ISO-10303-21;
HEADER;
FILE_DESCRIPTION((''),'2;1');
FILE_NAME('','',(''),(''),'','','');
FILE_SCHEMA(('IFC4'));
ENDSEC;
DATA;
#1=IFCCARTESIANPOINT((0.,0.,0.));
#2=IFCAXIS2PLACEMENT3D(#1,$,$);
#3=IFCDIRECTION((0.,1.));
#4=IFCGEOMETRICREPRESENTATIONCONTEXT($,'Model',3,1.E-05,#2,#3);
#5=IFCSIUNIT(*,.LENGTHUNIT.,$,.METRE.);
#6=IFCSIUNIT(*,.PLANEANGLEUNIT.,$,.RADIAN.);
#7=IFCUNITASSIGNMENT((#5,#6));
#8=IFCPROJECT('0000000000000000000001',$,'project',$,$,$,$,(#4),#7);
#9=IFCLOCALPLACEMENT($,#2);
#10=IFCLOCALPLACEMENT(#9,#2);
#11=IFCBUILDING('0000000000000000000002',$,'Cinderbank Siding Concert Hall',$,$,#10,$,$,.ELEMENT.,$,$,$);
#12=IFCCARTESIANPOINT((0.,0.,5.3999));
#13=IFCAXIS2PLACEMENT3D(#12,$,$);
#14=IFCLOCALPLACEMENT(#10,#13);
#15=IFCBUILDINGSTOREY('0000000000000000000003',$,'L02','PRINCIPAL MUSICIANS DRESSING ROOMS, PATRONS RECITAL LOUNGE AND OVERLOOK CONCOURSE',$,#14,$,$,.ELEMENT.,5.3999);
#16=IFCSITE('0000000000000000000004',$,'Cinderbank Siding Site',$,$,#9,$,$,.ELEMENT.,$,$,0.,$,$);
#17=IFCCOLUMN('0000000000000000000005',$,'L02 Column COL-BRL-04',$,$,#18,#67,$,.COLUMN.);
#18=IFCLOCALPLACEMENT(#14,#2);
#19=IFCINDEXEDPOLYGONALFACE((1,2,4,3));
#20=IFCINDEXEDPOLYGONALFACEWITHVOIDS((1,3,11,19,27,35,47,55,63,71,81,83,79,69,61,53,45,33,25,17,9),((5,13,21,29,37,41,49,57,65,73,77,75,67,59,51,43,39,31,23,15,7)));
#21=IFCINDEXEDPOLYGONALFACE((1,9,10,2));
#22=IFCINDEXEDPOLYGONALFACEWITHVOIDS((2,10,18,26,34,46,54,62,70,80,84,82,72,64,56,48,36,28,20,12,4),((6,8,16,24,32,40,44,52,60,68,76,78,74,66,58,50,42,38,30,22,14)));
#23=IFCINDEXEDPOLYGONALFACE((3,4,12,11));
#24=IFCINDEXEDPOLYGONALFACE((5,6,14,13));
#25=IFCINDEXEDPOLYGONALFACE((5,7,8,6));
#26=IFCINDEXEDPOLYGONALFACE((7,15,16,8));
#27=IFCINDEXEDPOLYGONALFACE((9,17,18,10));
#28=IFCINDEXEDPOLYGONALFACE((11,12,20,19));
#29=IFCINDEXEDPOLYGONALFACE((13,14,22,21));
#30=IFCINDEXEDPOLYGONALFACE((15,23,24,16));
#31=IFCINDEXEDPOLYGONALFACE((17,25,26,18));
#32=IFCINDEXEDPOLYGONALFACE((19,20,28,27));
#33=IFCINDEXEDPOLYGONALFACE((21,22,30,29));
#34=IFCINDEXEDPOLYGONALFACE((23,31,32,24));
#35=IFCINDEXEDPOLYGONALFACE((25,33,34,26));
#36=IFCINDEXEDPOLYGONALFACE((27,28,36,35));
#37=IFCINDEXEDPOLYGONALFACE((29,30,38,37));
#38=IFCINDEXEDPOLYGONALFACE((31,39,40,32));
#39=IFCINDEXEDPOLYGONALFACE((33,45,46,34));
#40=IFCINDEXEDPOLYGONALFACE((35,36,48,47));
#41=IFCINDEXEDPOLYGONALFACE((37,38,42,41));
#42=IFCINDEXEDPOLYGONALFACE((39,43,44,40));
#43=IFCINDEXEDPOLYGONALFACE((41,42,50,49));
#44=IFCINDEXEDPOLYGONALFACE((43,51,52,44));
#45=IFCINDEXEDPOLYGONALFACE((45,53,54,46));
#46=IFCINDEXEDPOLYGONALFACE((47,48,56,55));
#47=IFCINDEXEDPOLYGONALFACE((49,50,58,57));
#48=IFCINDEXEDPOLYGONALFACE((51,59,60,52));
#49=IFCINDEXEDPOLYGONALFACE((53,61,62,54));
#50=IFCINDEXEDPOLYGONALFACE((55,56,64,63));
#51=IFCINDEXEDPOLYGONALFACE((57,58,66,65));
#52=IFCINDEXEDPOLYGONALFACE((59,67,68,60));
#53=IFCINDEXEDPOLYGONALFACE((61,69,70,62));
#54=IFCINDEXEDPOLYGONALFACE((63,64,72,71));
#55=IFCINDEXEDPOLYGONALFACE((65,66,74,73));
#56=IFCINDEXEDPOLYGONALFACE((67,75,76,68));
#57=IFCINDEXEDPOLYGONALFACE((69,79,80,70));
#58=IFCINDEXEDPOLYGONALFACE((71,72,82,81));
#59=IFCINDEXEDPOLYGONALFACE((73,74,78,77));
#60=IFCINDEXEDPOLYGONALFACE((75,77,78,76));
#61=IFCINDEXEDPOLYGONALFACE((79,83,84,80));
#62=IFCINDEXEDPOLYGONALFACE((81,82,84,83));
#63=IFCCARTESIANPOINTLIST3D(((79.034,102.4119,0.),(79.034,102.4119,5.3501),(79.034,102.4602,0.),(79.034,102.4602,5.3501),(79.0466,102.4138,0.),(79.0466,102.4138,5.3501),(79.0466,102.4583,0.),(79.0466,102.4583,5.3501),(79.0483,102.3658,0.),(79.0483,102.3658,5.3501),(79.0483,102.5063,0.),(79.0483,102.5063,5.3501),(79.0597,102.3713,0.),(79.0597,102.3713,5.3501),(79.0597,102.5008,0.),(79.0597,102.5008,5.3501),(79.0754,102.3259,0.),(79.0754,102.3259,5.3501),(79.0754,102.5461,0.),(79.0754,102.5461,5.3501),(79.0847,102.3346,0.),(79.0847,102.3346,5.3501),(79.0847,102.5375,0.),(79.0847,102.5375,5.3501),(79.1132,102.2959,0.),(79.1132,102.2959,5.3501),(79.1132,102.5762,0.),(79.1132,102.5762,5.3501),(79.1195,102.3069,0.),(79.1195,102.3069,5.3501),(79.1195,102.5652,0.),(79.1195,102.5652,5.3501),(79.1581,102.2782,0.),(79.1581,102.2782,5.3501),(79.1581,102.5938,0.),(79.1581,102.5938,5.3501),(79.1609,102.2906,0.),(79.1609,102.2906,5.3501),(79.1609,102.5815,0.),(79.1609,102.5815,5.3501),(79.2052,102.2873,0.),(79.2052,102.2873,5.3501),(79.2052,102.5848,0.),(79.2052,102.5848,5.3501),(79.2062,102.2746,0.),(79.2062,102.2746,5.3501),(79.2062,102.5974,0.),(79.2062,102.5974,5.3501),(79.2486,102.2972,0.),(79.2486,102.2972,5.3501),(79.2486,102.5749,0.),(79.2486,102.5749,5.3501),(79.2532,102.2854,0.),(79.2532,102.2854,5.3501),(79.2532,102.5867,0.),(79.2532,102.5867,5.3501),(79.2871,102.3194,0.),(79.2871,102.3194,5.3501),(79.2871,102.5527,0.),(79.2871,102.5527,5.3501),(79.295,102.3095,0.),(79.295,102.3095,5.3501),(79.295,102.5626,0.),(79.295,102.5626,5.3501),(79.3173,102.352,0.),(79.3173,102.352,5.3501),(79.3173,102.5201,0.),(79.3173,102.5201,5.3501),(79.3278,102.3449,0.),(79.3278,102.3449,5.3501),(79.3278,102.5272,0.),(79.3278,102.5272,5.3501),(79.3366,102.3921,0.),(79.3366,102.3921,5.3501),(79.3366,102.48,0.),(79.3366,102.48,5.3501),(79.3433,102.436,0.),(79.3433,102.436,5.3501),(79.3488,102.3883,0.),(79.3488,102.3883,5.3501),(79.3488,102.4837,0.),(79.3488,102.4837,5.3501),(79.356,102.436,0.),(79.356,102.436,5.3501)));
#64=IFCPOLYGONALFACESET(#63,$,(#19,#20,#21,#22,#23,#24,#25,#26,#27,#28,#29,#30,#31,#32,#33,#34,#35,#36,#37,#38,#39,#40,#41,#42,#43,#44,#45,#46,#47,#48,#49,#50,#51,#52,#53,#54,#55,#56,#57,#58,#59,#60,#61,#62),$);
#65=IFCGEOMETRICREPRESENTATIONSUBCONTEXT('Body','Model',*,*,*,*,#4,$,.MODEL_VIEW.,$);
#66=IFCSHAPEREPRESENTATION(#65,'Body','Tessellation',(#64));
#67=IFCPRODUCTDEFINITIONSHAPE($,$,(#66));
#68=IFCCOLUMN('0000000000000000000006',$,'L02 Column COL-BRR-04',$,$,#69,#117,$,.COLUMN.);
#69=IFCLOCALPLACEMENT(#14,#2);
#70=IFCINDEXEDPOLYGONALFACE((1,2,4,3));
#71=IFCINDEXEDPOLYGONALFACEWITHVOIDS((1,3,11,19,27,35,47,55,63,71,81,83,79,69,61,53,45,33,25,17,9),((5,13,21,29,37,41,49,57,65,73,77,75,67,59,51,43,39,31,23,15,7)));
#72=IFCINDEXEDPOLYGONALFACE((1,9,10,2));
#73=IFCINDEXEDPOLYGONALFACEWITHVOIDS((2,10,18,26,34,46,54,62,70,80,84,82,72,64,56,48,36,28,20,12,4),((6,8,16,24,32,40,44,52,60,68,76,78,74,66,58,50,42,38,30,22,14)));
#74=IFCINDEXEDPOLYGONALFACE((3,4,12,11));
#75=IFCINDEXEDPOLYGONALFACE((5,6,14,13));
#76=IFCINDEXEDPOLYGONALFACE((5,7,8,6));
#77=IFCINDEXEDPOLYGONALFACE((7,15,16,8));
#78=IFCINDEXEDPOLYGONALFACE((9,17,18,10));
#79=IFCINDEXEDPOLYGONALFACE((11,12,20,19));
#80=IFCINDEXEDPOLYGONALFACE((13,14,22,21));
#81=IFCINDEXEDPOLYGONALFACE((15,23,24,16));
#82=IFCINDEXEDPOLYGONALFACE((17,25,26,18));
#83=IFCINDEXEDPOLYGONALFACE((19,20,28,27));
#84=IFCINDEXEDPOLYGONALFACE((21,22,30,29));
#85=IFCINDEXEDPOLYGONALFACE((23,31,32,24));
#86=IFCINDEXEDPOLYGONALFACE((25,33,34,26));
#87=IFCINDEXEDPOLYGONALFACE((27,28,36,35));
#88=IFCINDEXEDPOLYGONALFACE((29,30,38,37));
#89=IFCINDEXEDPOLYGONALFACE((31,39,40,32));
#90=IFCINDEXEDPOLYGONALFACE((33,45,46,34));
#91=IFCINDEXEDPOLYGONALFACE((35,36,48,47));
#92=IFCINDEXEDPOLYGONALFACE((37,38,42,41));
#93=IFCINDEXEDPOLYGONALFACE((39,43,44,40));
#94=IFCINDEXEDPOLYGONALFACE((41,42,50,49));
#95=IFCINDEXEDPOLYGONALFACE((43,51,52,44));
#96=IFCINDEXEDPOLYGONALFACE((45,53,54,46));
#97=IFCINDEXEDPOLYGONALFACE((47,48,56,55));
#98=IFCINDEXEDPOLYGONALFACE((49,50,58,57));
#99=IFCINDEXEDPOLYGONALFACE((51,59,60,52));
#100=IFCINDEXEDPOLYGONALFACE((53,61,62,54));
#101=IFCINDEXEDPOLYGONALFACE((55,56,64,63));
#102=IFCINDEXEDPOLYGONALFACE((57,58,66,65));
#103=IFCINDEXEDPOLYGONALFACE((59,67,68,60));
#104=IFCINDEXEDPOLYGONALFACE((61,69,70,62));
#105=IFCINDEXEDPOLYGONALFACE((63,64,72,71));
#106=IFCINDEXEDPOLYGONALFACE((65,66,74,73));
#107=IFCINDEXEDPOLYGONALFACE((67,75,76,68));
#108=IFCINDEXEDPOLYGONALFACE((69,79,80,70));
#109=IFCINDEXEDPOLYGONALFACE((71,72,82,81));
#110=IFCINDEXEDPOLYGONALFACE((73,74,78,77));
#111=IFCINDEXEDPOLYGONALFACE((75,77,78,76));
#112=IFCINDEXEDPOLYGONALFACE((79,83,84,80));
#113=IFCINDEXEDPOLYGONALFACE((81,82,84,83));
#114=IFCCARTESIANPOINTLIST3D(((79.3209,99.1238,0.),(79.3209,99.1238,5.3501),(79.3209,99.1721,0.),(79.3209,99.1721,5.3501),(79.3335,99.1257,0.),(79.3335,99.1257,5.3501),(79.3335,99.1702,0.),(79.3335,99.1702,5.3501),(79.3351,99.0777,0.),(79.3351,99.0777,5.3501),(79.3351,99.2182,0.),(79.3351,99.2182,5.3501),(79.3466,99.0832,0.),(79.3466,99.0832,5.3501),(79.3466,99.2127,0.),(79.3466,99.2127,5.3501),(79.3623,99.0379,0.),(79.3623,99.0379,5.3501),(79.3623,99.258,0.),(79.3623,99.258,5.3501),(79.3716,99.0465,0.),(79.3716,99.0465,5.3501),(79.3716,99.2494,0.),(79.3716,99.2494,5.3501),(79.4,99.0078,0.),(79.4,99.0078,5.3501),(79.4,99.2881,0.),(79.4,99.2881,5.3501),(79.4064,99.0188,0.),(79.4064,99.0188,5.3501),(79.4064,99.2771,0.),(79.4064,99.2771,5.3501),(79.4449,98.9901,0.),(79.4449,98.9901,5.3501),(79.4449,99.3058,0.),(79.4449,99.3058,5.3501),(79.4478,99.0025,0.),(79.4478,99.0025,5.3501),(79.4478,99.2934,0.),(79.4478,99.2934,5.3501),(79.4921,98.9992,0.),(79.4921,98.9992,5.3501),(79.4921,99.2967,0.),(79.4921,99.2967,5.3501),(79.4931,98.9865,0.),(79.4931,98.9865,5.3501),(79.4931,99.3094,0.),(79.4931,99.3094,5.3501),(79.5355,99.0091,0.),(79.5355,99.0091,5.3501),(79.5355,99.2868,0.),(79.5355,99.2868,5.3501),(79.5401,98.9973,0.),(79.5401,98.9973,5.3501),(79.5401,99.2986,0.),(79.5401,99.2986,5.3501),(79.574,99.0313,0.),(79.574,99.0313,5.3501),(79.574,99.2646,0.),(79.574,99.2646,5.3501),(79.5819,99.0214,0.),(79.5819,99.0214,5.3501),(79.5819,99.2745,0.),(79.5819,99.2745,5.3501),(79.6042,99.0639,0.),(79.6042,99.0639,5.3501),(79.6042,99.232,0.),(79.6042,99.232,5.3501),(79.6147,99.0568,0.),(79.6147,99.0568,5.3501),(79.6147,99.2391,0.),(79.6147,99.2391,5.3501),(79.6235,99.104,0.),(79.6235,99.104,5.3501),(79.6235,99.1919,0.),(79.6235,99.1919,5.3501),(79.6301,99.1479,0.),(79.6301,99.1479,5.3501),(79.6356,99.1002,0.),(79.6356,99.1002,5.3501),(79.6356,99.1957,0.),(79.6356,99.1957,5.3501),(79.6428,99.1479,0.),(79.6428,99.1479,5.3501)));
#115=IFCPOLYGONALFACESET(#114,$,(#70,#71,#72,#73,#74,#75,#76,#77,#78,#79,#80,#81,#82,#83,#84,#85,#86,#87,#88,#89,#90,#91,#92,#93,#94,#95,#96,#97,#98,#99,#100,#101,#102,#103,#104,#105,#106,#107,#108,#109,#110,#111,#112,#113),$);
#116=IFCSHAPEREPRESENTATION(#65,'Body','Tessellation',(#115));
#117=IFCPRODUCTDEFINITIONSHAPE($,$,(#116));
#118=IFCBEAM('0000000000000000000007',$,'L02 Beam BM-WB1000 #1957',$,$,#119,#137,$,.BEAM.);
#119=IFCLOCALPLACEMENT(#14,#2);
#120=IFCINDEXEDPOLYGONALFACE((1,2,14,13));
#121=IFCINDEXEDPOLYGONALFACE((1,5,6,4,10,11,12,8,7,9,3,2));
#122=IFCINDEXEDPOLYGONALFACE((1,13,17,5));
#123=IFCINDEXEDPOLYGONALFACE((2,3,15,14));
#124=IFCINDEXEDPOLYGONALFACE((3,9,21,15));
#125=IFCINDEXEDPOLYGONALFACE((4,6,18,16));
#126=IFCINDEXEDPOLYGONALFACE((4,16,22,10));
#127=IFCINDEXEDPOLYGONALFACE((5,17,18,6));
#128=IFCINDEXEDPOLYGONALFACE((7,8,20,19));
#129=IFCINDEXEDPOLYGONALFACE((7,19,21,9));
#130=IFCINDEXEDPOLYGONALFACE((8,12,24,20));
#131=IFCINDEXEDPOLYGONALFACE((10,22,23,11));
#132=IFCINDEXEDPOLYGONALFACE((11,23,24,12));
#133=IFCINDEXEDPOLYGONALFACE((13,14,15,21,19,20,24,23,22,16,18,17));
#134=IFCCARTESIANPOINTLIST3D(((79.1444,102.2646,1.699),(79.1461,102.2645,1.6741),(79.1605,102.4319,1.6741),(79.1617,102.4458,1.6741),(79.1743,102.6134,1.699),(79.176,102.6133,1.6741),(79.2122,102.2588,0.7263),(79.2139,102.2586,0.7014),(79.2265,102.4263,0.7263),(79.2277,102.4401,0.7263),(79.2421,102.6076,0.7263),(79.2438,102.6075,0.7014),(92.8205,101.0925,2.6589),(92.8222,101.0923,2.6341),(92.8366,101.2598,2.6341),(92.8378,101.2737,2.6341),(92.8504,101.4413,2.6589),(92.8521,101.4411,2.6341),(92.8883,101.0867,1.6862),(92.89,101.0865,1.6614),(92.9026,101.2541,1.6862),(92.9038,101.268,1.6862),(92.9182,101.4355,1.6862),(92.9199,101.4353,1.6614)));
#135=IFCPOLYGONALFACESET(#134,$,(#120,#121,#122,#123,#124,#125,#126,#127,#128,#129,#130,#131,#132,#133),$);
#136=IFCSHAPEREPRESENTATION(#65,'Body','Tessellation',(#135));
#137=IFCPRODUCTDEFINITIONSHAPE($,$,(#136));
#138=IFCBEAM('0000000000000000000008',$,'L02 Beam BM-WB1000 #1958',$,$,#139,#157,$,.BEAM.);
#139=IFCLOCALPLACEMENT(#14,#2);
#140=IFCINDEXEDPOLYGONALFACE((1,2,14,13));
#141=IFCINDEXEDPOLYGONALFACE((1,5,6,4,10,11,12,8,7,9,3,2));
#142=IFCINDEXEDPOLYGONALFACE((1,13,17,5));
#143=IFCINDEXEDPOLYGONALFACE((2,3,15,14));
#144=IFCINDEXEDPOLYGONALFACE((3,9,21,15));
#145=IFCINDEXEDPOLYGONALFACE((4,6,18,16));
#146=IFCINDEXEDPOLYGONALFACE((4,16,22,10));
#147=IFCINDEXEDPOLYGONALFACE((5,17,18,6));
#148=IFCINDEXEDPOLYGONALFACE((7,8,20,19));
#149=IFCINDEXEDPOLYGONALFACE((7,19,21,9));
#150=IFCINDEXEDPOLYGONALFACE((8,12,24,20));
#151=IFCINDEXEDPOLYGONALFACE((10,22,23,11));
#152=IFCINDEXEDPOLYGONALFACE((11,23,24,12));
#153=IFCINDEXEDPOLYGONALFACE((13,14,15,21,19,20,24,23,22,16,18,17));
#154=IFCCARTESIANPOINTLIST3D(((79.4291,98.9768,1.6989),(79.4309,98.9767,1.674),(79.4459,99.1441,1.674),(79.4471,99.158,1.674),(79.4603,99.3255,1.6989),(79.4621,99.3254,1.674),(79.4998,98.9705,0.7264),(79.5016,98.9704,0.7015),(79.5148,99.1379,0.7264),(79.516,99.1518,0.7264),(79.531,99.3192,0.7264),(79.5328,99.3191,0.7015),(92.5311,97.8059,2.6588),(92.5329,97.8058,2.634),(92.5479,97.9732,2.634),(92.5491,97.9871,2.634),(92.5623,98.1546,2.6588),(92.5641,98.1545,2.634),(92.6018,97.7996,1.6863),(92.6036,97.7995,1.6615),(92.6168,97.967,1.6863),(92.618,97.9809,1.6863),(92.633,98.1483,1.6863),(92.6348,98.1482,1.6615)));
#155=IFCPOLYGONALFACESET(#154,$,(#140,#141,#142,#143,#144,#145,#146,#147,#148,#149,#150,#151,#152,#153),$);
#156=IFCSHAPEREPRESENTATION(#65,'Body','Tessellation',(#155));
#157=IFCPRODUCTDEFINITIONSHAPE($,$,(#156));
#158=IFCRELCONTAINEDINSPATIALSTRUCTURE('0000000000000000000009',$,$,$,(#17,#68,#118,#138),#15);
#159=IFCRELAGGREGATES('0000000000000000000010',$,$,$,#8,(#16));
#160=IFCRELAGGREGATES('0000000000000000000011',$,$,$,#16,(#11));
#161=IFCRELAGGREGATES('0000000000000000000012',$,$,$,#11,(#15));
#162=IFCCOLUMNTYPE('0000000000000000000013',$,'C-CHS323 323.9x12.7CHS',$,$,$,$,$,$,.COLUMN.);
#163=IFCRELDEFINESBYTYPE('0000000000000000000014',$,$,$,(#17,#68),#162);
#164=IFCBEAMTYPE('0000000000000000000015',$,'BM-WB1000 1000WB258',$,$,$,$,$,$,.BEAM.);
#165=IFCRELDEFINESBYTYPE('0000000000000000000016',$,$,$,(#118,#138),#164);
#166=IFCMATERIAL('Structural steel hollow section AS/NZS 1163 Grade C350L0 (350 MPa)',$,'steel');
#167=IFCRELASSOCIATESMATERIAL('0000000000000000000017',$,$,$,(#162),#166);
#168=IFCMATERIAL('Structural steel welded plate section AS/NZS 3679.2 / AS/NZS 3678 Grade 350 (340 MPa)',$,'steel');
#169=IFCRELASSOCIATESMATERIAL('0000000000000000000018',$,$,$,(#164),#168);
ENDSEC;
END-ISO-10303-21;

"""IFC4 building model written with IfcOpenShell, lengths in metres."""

from ifc_helpers import new_model, si_unit, direction, frame, origin, origin_2d, place, context, subcontext, project, spatial, hollow_circle, i_section, extrude, material, material_profile, profile_set, type_object, element, save


model = new_model("IFC4")

# Units and contexts
model_context = context("Model", 3, precision=1e-05, world=origin(), true_north=direction((0.0, 1.0)))
body_context = subcontext(model_context, "Body", "Model", "MODEL_VIEW")
ifc_project = project(units=[si_unit("LENGTHUNIT", "METRE"), si_unit("PLANEANGLEUNIT", "RADIAN")], contexts=[model_context])

# Site, building, storey
site_placement = place(None, origin())
site = spatial("IfcSite", under=ifc_project, at=site_placement, Name="Cinderbank Siding Site", CompositionType="ELEMENT", RefElevation=0.0)
building_placement = place(site_placement, origin())
building = spatial("IfcBuilding", under=site, at=building_placement, Name="Cinderbank Siding Concert Hall", CompositionType="ELEMENT")
storey_placement = place(building_placement, frame((0.0, 0.0, 5.3999)))
storey = spatial("IfcBuildingStorey", under=building, at=storey_placement, Name="L02", Description="PRINCIPAL MUSICIANS DRESSING ROOMS, PATRONS RECITAL LOUNGE AND OVERLOOK CONCOURSE", CompositionType="ELEMENT", Elevation=5.3999)

# Columns
ifc_material_1 = material(Name="Structural steel hollow section AS/NZS 1163 Grade C350L0 (350 MPa)", Category="steel")
ifc_material_profile_1 = material_profile(ifc_material_1, hollow_circle(Radius=0.1619, WallThickness=0.0127, at=origin_2d()), Name="323.9x12.7CHS", Category="LoadBearing")
ifc_profile_set_1 = profile_set([ifc_material_profile_1], Name="Structural steel hollow section AS/NZS 1163 Grade C350L0 (350 MPa)")
column_type = type_object("IfcColumnType", Name="C-CHS323 323.9x12.7CHS", PredefinedType="COLUMN", material=ifc_profile_set_1)
for number, where, z_axis, x_axis, name in (
    (1, (79.1941, 102.436, 0.0), (0.0, 0.0, 1.0), (1.0, 0.0, 0.0), "L02 Column COL-BRL-04"),
    (2, (79.481, 99.1479, 0.0), (0.0, 0.0, 1.0), (1.0, 0.0, 0.0), "L02 Column COL-BRR-04"),
):
    element("IfcColumn", number, at=place(storey_placement, frame(where, z_axis=z_axis, x_axis=x_axis)), inside=storey, type_object=column_type, Name=name, PredefinedType="COLUMN", context=body_context, shape_type="SweptSolid", body=[
        extrude(hollow_circle(Radius=0.1619, WallThickness=0.0127, at=origin_2d()), origin(), (0.0, 0.0, 1.0), 5.3501),
    ])

# Beams
ifc_material_2 = material(Name="Structural steel welded plate section AS/NZS 3679.2 / AS/NZS 3678 Grade 350 (340 MPa)", Category="steel")
ifc_material_profile_2 = material_profile(ifc_material_2, i_section(OverallWidth=0.3501, OverallDepth=1.0, WebThickness=0.0139, FlangeThickness=0.0249, at=origin_2d()), Name="1000WB258", Category="LoadBearing")
ifc_profile_set_2 = profile_set([ifc_material_profile_2], Name="Structural steel welded plate section AS/NZS 3679.2 / AS/NZS 3678 Grade 350 (340 MPa)")
beam_type_1 = type_object("IfcBeamType", Name="BM-WB1000 1000WB258", PredefinedType="BEAM", material=ifc_profile_set_2)
beam_1_placement = place(storey_placement, frame((79.1941, 102.436, 1.2002), z_axis=(0.99392, -0.085185, 0.069766), x_axis=(0.085393, 0.996347, 0.0)))
element("IfcBeam", 3, at=beam_1_placement, inside=storey, type_object=beam_type_1, Name="L02 Beam BM-WB1000 #1957", PredefinedType="BEAM", context=body_context, shape_type="SweptSolid", body=[
    extrude(i_section(OverallWidth=0.3501, OverallDepth=1.0, WebThickness=0.0139, FlangeThickness=0.0249, at=origin_2d()), origin(), (0.0, 0.0, 1.0), 13.7598),
])
beam_2_placement = place(storey_placement, frame((79.481, 99.1479, 1.2002), z_axis=(0.993389, -0.088777, 0.072784), x_axis=(0.089013, 0.99603, 0.0)))
element("IfcBeam", 4, at=beam_2_placement, inside=storey, type_object=beam_type_1, Name="L02 Beam BM-WB1000 #1958", PredefinedType="BEAM", context=body_context, shape_type="SweptSolid", body=[
    extrude(i_section(OverallWidth=0.3501, OverallDepth=1.0, WebThickness=0.0139, FlangeThickness=0.0249, at=origin_2d()), origin(), (0.0, 0.0, 1.0), 13.1892),
])

save(model, "model.ifc")
